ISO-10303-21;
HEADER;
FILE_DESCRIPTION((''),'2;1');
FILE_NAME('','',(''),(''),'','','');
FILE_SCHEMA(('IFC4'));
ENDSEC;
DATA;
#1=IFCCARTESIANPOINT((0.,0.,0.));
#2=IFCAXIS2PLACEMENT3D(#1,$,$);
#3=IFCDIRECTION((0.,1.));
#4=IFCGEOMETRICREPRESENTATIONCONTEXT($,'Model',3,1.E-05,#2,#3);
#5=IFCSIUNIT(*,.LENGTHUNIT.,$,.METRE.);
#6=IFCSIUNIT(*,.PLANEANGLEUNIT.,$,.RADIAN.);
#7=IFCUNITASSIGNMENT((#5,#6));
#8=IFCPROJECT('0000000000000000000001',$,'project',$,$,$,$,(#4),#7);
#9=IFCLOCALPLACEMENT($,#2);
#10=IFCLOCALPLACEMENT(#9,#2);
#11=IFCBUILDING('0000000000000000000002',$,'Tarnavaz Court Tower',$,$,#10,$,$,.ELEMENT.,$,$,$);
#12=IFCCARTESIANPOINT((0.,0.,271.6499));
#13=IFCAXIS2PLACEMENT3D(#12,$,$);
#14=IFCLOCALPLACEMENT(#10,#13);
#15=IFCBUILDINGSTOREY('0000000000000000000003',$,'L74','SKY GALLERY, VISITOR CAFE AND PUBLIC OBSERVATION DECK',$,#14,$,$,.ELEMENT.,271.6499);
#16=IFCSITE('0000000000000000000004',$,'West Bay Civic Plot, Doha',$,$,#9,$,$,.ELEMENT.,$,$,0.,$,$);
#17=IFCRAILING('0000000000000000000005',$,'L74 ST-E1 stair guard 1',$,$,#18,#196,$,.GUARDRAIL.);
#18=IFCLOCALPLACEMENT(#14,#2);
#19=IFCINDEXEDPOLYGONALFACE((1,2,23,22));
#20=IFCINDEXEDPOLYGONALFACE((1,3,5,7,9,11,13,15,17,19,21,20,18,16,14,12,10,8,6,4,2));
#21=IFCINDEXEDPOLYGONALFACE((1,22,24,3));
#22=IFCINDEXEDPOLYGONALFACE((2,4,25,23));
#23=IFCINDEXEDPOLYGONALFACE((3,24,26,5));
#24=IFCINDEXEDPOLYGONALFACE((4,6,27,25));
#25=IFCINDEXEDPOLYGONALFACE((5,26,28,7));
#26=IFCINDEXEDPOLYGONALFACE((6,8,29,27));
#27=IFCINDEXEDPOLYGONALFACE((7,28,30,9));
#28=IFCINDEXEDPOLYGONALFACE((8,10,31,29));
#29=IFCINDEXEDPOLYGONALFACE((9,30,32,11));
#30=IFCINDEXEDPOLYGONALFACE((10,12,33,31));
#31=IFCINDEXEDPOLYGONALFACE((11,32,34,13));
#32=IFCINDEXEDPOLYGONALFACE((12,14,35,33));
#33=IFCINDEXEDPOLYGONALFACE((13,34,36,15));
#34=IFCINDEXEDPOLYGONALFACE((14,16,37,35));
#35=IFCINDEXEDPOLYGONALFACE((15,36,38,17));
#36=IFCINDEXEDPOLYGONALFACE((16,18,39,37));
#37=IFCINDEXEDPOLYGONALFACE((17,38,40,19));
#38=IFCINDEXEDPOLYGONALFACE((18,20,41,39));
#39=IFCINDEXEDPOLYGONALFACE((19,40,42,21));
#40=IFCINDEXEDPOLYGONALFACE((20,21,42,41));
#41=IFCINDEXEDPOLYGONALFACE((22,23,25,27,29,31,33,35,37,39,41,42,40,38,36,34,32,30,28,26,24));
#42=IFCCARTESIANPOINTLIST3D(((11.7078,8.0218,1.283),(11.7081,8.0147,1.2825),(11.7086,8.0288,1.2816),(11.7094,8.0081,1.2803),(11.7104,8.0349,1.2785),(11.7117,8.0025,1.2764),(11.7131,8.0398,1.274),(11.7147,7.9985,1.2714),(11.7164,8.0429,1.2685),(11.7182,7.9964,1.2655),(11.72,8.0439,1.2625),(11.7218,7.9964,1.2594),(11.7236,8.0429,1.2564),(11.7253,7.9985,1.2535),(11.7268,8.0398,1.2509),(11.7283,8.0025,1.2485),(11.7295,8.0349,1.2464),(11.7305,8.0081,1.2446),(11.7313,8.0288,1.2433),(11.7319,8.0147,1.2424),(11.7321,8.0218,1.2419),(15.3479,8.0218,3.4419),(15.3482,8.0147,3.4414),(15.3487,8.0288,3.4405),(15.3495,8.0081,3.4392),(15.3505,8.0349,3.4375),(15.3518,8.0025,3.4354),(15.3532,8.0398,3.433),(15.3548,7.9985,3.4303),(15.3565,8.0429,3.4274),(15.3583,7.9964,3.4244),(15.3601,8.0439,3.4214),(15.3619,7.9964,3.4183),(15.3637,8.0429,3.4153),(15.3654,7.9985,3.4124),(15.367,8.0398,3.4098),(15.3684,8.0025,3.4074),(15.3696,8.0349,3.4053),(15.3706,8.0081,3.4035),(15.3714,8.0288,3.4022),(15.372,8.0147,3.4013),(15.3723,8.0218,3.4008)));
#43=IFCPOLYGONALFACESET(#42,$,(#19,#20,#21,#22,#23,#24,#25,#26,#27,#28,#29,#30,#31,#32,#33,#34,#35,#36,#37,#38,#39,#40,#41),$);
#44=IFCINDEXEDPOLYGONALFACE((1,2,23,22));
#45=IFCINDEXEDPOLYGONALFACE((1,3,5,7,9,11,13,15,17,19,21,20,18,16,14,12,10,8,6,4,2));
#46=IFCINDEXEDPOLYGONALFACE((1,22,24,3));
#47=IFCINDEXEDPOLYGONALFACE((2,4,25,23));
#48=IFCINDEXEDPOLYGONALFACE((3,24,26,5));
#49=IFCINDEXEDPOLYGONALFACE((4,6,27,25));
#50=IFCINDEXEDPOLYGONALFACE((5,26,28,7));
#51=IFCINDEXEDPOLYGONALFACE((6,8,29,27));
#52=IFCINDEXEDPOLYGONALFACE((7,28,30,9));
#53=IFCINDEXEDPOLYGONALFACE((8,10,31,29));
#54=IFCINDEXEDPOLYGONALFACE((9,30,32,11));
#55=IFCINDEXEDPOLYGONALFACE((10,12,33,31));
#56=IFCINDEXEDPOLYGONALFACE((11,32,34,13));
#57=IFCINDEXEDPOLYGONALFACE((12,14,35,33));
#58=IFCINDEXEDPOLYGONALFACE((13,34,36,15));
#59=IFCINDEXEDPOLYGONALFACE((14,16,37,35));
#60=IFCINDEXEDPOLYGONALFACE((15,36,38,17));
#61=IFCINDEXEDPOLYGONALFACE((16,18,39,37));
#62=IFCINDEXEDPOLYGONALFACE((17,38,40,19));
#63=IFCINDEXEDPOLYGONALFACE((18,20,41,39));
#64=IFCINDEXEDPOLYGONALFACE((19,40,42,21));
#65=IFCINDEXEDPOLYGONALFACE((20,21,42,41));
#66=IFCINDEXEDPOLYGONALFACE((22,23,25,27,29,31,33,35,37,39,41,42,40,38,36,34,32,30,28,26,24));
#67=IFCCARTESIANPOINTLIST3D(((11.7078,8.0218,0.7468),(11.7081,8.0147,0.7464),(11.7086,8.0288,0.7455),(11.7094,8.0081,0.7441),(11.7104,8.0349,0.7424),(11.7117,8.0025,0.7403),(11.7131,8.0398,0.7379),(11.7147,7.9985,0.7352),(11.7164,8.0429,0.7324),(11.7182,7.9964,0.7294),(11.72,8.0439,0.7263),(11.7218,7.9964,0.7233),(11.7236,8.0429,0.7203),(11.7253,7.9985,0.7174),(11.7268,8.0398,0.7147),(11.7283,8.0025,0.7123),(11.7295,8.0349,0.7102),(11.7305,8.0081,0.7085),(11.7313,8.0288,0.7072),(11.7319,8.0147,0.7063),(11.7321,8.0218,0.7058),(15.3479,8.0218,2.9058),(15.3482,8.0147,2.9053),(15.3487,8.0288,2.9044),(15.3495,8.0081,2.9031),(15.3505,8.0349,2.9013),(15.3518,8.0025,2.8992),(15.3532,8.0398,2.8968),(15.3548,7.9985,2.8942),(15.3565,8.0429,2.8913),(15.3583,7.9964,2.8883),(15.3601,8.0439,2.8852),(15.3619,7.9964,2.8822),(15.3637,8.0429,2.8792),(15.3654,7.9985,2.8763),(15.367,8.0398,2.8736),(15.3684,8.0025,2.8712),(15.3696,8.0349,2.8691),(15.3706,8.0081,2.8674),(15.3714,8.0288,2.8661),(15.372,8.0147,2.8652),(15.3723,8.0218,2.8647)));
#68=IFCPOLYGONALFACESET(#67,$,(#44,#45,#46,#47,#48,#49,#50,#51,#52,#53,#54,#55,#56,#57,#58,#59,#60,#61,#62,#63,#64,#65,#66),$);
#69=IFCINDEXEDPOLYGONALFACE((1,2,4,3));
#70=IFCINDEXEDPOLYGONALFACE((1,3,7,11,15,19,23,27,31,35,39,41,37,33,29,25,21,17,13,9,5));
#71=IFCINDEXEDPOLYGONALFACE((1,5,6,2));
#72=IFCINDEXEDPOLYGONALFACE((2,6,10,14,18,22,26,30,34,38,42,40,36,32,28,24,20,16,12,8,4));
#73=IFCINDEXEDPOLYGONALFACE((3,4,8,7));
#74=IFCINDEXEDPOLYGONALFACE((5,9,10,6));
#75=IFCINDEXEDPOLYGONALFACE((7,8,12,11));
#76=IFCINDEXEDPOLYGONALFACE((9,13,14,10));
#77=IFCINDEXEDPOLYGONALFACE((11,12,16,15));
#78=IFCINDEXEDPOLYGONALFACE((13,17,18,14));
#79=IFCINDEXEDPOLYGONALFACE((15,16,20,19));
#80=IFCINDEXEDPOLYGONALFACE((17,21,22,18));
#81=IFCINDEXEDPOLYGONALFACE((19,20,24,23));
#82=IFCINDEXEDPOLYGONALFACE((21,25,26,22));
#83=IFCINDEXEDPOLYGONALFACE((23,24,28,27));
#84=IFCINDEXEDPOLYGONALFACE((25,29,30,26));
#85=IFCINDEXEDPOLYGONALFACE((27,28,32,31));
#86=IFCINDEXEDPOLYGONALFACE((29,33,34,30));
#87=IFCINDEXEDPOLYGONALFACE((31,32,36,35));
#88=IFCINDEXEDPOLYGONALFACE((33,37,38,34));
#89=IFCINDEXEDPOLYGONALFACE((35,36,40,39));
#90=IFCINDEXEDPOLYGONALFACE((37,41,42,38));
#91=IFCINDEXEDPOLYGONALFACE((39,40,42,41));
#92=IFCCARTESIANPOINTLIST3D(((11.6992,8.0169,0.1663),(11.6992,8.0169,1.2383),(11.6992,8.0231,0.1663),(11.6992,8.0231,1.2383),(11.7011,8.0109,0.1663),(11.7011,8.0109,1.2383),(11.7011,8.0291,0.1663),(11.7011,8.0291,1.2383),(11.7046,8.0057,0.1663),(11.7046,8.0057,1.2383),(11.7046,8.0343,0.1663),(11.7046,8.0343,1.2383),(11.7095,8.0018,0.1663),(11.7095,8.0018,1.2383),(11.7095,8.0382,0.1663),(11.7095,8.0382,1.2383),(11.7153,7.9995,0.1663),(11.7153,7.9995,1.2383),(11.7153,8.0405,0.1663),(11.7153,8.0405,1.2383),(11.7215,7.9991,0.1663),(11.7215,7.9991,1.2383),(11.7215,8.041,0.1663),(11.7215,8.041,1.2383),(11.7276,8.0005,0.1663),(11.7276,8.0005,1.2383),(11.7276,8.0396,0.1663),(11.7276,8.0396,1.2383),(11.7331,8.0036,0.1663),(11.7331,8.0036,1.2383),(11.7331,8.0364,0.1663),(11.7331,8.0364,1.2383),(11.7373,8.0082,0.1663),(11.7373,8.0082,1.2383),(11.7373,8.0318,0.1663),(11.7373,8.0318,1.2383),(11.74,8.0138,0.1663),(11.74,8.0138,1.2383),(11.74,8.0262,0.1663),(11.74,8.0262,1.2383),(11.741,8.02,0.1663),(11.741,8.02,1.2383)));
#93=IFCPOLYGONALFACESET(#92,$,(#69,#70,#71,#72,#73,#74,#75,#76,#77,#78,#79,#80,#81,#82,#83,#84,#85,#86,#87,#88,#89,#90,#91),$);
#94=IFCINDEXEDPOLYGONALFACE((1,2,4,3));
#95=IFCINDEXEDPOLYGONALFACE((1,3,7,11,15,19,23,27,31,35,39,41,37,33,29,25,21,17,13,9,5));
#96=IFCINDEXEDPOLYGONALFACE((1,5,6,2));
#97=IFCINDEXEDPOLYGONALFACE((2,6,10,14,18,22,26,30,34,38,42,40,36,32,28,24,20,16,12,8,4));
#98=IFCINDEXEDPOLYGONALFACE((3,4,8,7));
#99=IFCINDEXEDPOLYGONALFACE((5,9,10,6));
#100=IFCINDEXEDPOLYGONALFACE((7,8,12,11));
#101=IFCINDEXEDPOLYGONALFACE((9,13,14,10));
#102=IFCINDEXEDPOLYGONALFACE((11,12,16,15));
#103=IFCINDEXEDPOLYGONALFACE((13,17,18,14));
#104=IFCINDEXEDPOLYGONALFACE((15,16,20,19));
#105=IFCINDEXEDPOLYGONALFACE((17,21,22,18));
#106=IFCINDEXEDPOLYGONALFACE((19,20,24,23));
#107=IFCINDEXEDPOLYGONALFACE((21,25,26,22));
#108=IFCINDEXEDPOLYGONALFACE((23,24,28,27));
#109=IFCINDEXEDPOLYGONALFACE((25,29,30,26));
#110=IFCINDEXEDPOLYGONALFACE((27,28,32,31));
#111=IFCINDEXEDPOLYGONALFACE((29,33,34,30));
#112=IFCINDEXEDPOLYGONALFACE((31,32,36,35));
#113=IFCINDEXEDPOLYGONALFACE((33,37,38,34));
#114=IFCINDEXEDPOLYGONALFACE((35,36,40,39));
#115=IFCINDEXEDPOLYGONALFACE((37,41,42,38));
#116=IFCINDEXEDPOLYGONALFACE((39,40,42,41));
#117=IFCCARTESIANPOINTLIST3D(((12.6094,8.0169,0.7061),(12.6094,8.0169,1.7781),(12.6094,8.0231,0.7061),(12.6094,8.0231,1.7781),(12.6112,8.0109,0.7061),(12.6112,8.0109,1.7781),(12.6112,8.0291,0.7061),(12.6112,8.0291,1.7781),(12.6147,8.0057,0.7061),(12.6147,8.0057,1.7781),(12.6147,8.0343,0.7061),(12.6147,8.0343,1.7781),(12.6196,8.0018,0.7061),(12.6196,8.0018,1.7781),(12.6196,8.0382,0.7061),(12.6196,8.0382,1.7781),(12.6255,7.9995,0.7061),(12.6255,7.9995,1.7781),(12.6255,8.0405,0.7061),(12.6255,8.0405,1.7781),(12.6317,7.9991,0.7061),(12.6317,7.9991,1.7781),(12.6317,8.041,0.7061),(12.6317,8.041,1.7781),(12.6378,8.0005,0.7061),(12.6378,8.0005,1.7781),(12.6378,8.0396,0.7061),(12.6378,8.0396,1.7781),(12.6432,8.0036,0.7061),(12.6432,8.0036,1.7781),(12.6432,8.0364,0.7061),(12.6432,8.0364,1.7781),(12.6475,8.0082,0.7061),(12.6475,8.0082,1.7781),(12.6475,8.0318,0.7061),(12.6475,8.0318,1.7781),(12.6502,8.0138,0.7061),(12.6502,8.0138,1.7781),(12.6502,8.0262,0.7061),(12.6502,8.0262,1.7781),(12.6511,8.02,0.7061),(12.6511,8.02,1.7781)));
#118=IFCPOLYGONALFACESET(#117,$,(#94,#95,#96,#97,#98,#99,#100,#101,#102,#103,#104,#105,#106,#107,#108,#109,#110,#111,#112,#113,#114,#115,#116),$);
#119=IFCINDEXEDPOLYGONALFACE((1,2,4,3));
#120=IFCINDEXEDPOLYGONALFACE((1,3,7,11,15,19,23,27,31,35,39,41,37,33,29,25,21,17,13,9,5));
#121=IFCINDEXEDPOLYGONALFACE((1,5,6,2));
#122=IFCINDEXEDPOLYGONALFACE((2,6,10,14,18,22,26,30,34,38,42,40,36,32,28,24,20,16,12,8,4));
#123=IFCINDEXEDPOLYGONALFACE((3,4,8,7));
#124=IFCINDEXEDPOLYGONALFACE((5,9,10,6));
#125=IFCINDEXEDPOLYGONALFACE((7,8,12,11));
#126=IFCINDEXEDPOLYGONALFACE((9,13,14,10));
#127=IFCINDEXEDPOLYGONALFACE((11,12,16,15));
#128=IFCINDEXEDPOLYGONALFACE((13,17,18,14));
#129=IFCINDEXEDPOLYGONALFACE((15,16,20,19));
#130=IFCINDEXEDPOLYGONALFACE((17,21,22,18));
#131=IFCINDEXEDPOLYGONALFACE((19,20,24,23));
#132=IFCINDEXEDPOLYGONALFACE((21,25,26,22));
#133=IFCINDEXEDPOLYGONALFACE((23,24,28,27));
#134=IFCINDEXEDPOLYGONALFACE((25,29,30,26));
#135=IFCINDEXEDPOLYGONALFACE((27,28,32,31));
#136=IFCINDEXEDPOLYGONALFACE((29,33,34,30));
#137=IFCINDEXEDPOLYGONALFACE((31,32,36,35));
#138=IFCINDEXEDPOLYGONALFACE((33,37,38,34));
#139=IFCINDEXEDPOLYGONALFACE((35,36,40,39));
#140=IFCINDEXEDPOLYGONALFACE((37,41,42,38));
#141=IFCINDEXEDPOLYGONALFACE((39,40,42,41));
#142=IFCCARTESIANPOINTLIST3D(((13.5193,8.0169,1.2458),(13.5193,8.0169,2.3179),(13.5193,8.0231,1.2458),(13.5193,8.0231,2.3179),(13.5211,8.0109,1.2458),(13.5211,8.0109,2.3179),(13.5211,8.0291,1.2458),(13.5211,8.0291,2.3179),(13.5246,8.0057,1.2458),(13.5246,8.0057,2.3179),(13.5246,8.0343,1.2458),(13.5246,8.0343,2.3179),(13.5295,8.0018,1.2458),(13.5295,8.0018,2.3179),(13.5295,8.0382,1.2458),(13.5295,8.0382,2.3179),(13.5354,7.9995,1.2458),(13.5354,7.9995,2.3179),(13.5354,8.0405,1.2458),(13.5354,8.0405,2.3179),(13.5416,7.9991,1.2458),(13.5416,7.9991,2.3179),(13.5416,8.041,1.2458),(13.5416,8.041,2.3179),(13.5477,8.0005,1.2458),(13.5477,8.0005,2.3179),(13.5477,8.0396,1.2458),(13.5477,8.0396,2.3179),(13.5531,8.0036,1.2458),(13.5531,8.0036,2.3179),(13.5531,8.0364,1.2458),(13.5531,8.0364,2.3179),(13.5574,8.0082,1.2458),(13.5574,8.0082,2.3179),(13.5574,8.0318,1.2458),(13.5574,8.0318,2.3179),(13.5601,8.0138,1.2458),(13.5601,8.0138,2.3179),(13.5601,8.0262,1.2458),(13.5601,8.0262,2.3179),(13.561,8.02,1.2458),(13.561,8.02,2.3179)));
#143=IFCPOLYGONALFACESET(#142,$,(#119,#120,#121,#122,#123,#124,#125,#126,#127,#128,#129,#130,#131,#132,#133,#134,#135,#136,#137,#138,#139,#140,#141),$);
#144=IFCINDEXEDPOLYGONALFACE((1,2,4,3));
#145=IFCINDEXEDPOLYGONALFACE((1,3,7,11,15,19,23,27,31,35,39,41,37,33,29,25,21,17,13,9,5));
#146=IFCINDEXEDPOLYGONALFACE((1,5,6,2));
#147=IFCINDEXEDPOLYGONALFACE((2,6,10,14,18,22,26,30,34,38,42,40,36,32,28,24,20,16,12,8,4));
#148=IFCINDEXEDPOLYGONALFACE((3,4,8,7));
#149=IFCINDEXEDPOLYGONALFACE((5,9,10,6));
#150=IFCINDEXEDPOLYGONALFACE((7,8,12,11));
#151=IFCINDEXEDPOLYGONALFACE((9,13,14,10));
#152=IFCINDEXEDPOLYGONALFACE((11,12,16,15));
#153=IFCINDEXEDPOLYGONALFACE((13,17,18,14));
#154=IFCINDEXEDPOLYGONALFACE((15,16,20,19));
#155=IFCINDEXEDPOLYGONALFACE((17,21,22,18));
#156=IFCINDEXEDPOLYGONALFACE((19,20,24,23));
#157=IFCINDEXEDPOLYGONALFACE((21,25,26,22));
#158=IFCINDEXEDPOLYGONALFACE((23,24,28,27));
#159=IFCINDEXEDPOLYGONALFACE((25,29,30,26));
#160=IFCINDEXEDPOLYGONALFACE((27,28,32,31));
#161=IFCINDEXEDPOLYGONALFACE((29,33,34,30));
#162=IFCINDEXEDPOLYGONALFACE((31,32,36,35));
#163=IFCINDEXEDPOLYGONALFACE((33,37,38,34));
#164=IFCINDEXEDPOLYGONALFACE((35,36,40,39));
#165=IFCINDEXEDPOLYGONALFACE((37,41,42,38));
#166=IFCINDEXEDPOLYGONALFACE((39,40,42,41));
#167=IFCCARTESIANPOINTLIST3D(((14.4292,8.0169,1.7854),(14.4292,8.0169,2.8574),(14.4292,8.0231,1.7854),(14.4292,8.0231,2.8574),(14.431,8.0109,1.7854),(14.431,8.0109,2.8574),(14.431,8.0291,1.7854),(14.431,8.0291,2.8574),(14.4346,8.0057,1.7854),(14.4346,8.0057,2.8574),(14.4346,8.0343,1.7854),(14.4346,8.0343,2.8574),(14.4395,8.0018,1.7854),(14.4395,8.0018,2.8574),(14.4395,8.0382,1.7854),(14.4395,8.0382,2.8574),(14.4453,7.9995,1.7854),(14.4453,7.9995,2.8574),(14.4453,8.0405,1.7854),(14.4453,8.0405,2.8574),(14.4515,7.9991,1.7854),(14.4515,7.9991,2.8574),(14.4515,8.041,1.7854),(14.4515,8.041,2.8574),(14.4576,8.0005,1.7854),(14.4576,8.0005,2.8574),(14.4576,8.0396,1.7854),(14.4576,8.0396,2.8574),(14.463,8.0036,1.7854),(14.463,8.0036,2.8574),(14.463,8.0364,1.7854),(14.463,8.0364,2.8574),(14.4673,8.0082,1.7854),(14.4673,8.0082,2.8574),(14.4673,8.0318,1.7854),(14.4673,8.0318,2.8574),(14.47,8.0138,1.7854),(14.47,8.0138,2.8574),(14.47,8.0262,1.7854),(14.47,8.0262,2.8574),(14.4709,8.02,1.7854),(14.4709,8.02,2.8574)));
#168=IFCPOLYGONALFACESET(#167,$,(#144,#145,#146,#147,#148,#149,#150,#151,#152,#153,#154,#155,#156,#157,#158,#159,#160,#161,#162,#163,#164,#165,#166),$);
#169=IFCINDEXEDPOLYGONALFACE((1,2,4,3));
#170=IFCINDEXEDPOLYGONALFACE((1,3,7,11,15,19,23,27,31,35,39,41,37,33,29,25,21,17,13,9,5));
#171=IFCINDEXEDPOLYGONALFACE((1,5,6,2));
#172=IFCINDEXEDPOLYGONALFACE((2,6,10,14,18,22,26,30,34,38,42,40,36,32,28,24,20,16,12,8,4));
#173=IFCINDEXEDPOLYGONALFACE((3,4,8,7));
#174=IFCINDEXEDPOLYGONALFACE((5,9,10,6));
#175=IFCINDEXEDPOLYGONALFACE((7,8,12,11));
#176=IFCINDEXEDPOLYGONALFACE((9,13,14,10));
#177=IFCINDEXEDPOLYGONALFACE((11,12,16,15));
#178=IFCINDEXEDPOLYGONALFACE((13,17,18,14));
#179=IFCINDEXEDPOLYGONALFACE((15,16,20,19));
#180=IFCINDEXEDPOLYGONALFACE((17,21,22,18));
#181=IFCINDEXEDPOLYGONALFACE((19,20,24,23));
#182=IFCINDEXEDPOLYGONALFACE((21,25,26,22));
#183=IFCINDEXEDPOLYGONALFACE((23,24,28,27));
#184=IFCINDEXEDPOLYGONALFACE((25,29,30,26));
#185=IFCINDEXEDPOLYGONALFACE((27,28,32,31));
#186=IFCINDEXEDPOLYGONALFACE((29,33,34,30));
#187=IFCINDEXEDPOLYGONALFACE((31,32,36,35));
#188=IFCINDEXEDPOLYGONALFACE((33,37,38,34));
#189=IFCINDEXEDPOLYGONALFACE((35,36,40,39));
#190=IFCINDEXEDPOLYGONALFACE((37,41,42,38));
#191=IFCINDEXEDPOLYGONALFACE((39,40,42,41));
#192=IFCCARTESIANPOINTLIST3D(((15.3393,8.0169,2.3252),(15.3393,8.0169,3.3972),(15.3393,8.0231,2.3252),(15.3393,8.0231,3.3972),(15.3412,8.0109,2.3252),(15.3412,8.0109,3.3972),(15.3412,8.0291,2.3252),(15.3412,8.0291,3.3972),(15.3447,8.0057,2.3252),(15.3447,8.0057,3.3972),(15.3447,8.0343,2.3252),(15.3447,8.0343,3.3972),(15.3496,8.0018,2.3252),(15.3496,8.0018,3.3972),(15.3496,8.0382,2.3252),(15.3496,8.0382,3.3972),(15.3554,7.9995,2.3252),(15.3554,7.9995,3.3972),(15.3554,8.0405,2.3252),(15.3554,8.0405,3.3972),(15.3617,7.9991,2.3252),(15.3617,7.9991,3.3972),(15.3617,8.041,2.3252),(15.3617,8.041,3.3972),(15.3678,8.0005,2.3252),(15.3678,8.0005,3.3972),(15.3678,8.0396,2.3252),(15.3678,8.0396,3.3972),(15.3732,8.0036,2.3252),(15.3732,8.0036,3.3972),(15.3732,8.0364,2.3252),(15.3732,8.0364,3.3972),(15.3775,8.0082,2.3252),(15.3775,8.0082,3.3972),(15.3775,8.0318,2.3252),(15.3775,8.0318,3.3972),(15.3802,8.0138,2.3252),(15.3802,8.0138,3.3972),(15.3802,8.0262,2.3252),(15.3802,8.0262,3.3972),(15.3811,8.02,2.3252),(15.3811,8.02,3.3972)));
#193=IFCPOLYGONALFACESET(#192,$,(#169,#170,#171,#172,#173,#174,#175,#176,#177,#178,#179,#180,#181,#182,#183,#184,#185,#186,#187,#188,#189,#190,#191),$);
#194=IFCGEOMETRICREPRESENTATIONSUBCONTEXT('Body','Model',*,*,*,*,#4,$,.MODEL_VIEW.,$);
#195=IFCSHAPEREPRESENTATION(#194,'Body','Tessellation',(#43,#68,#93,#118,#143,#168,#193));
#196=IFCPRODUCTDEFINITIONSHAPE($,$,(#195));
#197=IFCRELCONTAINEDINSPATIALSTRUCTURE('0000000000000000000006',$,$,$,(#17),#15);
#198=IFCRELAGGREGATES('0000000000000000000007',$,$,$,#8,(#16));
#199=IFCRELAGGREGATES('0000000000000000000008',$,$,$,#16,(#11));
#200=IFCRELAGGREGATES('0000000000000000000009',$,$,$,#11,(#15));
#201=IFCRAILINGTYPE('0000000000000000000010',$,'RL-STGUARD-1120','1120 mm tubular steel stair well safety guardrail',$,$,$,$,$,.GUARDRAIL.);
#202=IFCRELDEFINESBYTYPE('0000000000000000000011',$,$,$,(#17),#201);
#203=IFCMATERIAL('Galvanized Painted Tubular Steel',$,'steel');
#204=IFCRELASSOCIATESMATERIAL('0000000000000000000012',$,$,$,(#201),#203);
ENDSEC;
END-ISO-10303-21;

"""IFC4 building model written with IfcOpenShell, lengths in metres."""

from ifc_helpers import new_model, si_unit, direction, frame, origin, origin_2d, place, context, subcontext, project, spatial, circle, extrude, material, type_object, element, save


model = new_model("IFC4")

# Units and contexts
model_context = context("Model", 3, precision=1e-05, world=origin(), true_north=direction((0.0, 1.0)))
body_context = subcontext(model_context, "Body", "Model", "MODEL_VIEW")
ifc_project = project(units=[si_unit("LENGTHUNIT", "METRE"), si_unit("PLANEANGLEUNIT", "RADIAN")], contexts=[model_context])

# Site, building, storey
site_placement = place(None, origin())
site = spatial("IfcSite", under=ifc_project, at=site_placement, Name="West Bay Civic Plot, Doha", CompositionType="ELEMENT", RefElevation=0.0)
building_placement = place(site_placement, origin())
building = spatial("IfcBuilding", under=site, at=building_placement, Name="Tarnavaz Court Tower", CompositionType="ELEMENT")
storey_placement = place(building_placement, frame((0.0, 0.0, 271.6499)))
storey = spatial("IfcBuildingStorey", under=building, at=storey_placement, Name="L74", Description="SKY GALLERY, VISITOR CAFE AND PUBLIC OBSERVATION DECK", CompositionType="ELEMENT", Elevation=271.6499)

# Railing
ifc_material_1 = material(Name="Galvanized Painted Tubular Steel", Category="steel")
railing_type_1 = type_object("IfcRailingType", Name="RL-STGUARD-1120", Description="1120 mm tubular steel stair well safety guardrail", PredefinedType="GUARDRAIL", material=ifc_material_1)
railing_1_placement = place(storey_placement, frame((11.72, 8.02, 0.1663)))
element("IfcRailing", 1, at=railing_1_placement, inside=storey, type_object=railing_type_1, Name="L74 ST-E1 stair guard 1", PredefinedType="GUARDRAIL", context=body_context, shape_type="SweptSolid", body=[
    extrude(circle(Radius=0.0239, at=origin_2d()), frame((0.0, 0.0, 1.0962), z_axis=(0.860103, 0.0, 0.51012), x_axis=(0.0, 1.0, 0.0)), (0.0, 0.0, 1.0), 4.2322),
    extrude(circle(Radius=0.0239, at=origin_2d()), frame((0.0, 0.0, 0.5601), z_axis=(0.860103, 0.0, 0.51012), x_axis=(0.0, 1.0, 0.0)), (0.0, 0.0, 1.0), 4.2322),
    extrude(circle(Radius=0.021, at=origin_2d()), origin(), (0.0, 0.0, 1.0), 1.072),
    extrude(circle(Radius=0.021, at=origin_2d()), frame((0.9102, 0.0, 0.5398)), (0.0, 0.0, 1.0), 1.072),
    extrude(circle(Radius=0.021, at=origin_2d()), frame((1.8201, 0.0, 1.0796)), (0.0, 0.0, 1.0), 1.072),
    extrude(circle(Radius=0.021, at=origin_2d()), frame((2.73, 0.0, 1.6191)), (0.0, 0.0, 1.0), 1.072),
    extrude(circle(Radius=0.021, at=origin_2d()), frame((3.6401, 0.0, 2.1589)), (0.0, 0.0, 1.0), 1.072),
])

save(model, "model.ifc")
